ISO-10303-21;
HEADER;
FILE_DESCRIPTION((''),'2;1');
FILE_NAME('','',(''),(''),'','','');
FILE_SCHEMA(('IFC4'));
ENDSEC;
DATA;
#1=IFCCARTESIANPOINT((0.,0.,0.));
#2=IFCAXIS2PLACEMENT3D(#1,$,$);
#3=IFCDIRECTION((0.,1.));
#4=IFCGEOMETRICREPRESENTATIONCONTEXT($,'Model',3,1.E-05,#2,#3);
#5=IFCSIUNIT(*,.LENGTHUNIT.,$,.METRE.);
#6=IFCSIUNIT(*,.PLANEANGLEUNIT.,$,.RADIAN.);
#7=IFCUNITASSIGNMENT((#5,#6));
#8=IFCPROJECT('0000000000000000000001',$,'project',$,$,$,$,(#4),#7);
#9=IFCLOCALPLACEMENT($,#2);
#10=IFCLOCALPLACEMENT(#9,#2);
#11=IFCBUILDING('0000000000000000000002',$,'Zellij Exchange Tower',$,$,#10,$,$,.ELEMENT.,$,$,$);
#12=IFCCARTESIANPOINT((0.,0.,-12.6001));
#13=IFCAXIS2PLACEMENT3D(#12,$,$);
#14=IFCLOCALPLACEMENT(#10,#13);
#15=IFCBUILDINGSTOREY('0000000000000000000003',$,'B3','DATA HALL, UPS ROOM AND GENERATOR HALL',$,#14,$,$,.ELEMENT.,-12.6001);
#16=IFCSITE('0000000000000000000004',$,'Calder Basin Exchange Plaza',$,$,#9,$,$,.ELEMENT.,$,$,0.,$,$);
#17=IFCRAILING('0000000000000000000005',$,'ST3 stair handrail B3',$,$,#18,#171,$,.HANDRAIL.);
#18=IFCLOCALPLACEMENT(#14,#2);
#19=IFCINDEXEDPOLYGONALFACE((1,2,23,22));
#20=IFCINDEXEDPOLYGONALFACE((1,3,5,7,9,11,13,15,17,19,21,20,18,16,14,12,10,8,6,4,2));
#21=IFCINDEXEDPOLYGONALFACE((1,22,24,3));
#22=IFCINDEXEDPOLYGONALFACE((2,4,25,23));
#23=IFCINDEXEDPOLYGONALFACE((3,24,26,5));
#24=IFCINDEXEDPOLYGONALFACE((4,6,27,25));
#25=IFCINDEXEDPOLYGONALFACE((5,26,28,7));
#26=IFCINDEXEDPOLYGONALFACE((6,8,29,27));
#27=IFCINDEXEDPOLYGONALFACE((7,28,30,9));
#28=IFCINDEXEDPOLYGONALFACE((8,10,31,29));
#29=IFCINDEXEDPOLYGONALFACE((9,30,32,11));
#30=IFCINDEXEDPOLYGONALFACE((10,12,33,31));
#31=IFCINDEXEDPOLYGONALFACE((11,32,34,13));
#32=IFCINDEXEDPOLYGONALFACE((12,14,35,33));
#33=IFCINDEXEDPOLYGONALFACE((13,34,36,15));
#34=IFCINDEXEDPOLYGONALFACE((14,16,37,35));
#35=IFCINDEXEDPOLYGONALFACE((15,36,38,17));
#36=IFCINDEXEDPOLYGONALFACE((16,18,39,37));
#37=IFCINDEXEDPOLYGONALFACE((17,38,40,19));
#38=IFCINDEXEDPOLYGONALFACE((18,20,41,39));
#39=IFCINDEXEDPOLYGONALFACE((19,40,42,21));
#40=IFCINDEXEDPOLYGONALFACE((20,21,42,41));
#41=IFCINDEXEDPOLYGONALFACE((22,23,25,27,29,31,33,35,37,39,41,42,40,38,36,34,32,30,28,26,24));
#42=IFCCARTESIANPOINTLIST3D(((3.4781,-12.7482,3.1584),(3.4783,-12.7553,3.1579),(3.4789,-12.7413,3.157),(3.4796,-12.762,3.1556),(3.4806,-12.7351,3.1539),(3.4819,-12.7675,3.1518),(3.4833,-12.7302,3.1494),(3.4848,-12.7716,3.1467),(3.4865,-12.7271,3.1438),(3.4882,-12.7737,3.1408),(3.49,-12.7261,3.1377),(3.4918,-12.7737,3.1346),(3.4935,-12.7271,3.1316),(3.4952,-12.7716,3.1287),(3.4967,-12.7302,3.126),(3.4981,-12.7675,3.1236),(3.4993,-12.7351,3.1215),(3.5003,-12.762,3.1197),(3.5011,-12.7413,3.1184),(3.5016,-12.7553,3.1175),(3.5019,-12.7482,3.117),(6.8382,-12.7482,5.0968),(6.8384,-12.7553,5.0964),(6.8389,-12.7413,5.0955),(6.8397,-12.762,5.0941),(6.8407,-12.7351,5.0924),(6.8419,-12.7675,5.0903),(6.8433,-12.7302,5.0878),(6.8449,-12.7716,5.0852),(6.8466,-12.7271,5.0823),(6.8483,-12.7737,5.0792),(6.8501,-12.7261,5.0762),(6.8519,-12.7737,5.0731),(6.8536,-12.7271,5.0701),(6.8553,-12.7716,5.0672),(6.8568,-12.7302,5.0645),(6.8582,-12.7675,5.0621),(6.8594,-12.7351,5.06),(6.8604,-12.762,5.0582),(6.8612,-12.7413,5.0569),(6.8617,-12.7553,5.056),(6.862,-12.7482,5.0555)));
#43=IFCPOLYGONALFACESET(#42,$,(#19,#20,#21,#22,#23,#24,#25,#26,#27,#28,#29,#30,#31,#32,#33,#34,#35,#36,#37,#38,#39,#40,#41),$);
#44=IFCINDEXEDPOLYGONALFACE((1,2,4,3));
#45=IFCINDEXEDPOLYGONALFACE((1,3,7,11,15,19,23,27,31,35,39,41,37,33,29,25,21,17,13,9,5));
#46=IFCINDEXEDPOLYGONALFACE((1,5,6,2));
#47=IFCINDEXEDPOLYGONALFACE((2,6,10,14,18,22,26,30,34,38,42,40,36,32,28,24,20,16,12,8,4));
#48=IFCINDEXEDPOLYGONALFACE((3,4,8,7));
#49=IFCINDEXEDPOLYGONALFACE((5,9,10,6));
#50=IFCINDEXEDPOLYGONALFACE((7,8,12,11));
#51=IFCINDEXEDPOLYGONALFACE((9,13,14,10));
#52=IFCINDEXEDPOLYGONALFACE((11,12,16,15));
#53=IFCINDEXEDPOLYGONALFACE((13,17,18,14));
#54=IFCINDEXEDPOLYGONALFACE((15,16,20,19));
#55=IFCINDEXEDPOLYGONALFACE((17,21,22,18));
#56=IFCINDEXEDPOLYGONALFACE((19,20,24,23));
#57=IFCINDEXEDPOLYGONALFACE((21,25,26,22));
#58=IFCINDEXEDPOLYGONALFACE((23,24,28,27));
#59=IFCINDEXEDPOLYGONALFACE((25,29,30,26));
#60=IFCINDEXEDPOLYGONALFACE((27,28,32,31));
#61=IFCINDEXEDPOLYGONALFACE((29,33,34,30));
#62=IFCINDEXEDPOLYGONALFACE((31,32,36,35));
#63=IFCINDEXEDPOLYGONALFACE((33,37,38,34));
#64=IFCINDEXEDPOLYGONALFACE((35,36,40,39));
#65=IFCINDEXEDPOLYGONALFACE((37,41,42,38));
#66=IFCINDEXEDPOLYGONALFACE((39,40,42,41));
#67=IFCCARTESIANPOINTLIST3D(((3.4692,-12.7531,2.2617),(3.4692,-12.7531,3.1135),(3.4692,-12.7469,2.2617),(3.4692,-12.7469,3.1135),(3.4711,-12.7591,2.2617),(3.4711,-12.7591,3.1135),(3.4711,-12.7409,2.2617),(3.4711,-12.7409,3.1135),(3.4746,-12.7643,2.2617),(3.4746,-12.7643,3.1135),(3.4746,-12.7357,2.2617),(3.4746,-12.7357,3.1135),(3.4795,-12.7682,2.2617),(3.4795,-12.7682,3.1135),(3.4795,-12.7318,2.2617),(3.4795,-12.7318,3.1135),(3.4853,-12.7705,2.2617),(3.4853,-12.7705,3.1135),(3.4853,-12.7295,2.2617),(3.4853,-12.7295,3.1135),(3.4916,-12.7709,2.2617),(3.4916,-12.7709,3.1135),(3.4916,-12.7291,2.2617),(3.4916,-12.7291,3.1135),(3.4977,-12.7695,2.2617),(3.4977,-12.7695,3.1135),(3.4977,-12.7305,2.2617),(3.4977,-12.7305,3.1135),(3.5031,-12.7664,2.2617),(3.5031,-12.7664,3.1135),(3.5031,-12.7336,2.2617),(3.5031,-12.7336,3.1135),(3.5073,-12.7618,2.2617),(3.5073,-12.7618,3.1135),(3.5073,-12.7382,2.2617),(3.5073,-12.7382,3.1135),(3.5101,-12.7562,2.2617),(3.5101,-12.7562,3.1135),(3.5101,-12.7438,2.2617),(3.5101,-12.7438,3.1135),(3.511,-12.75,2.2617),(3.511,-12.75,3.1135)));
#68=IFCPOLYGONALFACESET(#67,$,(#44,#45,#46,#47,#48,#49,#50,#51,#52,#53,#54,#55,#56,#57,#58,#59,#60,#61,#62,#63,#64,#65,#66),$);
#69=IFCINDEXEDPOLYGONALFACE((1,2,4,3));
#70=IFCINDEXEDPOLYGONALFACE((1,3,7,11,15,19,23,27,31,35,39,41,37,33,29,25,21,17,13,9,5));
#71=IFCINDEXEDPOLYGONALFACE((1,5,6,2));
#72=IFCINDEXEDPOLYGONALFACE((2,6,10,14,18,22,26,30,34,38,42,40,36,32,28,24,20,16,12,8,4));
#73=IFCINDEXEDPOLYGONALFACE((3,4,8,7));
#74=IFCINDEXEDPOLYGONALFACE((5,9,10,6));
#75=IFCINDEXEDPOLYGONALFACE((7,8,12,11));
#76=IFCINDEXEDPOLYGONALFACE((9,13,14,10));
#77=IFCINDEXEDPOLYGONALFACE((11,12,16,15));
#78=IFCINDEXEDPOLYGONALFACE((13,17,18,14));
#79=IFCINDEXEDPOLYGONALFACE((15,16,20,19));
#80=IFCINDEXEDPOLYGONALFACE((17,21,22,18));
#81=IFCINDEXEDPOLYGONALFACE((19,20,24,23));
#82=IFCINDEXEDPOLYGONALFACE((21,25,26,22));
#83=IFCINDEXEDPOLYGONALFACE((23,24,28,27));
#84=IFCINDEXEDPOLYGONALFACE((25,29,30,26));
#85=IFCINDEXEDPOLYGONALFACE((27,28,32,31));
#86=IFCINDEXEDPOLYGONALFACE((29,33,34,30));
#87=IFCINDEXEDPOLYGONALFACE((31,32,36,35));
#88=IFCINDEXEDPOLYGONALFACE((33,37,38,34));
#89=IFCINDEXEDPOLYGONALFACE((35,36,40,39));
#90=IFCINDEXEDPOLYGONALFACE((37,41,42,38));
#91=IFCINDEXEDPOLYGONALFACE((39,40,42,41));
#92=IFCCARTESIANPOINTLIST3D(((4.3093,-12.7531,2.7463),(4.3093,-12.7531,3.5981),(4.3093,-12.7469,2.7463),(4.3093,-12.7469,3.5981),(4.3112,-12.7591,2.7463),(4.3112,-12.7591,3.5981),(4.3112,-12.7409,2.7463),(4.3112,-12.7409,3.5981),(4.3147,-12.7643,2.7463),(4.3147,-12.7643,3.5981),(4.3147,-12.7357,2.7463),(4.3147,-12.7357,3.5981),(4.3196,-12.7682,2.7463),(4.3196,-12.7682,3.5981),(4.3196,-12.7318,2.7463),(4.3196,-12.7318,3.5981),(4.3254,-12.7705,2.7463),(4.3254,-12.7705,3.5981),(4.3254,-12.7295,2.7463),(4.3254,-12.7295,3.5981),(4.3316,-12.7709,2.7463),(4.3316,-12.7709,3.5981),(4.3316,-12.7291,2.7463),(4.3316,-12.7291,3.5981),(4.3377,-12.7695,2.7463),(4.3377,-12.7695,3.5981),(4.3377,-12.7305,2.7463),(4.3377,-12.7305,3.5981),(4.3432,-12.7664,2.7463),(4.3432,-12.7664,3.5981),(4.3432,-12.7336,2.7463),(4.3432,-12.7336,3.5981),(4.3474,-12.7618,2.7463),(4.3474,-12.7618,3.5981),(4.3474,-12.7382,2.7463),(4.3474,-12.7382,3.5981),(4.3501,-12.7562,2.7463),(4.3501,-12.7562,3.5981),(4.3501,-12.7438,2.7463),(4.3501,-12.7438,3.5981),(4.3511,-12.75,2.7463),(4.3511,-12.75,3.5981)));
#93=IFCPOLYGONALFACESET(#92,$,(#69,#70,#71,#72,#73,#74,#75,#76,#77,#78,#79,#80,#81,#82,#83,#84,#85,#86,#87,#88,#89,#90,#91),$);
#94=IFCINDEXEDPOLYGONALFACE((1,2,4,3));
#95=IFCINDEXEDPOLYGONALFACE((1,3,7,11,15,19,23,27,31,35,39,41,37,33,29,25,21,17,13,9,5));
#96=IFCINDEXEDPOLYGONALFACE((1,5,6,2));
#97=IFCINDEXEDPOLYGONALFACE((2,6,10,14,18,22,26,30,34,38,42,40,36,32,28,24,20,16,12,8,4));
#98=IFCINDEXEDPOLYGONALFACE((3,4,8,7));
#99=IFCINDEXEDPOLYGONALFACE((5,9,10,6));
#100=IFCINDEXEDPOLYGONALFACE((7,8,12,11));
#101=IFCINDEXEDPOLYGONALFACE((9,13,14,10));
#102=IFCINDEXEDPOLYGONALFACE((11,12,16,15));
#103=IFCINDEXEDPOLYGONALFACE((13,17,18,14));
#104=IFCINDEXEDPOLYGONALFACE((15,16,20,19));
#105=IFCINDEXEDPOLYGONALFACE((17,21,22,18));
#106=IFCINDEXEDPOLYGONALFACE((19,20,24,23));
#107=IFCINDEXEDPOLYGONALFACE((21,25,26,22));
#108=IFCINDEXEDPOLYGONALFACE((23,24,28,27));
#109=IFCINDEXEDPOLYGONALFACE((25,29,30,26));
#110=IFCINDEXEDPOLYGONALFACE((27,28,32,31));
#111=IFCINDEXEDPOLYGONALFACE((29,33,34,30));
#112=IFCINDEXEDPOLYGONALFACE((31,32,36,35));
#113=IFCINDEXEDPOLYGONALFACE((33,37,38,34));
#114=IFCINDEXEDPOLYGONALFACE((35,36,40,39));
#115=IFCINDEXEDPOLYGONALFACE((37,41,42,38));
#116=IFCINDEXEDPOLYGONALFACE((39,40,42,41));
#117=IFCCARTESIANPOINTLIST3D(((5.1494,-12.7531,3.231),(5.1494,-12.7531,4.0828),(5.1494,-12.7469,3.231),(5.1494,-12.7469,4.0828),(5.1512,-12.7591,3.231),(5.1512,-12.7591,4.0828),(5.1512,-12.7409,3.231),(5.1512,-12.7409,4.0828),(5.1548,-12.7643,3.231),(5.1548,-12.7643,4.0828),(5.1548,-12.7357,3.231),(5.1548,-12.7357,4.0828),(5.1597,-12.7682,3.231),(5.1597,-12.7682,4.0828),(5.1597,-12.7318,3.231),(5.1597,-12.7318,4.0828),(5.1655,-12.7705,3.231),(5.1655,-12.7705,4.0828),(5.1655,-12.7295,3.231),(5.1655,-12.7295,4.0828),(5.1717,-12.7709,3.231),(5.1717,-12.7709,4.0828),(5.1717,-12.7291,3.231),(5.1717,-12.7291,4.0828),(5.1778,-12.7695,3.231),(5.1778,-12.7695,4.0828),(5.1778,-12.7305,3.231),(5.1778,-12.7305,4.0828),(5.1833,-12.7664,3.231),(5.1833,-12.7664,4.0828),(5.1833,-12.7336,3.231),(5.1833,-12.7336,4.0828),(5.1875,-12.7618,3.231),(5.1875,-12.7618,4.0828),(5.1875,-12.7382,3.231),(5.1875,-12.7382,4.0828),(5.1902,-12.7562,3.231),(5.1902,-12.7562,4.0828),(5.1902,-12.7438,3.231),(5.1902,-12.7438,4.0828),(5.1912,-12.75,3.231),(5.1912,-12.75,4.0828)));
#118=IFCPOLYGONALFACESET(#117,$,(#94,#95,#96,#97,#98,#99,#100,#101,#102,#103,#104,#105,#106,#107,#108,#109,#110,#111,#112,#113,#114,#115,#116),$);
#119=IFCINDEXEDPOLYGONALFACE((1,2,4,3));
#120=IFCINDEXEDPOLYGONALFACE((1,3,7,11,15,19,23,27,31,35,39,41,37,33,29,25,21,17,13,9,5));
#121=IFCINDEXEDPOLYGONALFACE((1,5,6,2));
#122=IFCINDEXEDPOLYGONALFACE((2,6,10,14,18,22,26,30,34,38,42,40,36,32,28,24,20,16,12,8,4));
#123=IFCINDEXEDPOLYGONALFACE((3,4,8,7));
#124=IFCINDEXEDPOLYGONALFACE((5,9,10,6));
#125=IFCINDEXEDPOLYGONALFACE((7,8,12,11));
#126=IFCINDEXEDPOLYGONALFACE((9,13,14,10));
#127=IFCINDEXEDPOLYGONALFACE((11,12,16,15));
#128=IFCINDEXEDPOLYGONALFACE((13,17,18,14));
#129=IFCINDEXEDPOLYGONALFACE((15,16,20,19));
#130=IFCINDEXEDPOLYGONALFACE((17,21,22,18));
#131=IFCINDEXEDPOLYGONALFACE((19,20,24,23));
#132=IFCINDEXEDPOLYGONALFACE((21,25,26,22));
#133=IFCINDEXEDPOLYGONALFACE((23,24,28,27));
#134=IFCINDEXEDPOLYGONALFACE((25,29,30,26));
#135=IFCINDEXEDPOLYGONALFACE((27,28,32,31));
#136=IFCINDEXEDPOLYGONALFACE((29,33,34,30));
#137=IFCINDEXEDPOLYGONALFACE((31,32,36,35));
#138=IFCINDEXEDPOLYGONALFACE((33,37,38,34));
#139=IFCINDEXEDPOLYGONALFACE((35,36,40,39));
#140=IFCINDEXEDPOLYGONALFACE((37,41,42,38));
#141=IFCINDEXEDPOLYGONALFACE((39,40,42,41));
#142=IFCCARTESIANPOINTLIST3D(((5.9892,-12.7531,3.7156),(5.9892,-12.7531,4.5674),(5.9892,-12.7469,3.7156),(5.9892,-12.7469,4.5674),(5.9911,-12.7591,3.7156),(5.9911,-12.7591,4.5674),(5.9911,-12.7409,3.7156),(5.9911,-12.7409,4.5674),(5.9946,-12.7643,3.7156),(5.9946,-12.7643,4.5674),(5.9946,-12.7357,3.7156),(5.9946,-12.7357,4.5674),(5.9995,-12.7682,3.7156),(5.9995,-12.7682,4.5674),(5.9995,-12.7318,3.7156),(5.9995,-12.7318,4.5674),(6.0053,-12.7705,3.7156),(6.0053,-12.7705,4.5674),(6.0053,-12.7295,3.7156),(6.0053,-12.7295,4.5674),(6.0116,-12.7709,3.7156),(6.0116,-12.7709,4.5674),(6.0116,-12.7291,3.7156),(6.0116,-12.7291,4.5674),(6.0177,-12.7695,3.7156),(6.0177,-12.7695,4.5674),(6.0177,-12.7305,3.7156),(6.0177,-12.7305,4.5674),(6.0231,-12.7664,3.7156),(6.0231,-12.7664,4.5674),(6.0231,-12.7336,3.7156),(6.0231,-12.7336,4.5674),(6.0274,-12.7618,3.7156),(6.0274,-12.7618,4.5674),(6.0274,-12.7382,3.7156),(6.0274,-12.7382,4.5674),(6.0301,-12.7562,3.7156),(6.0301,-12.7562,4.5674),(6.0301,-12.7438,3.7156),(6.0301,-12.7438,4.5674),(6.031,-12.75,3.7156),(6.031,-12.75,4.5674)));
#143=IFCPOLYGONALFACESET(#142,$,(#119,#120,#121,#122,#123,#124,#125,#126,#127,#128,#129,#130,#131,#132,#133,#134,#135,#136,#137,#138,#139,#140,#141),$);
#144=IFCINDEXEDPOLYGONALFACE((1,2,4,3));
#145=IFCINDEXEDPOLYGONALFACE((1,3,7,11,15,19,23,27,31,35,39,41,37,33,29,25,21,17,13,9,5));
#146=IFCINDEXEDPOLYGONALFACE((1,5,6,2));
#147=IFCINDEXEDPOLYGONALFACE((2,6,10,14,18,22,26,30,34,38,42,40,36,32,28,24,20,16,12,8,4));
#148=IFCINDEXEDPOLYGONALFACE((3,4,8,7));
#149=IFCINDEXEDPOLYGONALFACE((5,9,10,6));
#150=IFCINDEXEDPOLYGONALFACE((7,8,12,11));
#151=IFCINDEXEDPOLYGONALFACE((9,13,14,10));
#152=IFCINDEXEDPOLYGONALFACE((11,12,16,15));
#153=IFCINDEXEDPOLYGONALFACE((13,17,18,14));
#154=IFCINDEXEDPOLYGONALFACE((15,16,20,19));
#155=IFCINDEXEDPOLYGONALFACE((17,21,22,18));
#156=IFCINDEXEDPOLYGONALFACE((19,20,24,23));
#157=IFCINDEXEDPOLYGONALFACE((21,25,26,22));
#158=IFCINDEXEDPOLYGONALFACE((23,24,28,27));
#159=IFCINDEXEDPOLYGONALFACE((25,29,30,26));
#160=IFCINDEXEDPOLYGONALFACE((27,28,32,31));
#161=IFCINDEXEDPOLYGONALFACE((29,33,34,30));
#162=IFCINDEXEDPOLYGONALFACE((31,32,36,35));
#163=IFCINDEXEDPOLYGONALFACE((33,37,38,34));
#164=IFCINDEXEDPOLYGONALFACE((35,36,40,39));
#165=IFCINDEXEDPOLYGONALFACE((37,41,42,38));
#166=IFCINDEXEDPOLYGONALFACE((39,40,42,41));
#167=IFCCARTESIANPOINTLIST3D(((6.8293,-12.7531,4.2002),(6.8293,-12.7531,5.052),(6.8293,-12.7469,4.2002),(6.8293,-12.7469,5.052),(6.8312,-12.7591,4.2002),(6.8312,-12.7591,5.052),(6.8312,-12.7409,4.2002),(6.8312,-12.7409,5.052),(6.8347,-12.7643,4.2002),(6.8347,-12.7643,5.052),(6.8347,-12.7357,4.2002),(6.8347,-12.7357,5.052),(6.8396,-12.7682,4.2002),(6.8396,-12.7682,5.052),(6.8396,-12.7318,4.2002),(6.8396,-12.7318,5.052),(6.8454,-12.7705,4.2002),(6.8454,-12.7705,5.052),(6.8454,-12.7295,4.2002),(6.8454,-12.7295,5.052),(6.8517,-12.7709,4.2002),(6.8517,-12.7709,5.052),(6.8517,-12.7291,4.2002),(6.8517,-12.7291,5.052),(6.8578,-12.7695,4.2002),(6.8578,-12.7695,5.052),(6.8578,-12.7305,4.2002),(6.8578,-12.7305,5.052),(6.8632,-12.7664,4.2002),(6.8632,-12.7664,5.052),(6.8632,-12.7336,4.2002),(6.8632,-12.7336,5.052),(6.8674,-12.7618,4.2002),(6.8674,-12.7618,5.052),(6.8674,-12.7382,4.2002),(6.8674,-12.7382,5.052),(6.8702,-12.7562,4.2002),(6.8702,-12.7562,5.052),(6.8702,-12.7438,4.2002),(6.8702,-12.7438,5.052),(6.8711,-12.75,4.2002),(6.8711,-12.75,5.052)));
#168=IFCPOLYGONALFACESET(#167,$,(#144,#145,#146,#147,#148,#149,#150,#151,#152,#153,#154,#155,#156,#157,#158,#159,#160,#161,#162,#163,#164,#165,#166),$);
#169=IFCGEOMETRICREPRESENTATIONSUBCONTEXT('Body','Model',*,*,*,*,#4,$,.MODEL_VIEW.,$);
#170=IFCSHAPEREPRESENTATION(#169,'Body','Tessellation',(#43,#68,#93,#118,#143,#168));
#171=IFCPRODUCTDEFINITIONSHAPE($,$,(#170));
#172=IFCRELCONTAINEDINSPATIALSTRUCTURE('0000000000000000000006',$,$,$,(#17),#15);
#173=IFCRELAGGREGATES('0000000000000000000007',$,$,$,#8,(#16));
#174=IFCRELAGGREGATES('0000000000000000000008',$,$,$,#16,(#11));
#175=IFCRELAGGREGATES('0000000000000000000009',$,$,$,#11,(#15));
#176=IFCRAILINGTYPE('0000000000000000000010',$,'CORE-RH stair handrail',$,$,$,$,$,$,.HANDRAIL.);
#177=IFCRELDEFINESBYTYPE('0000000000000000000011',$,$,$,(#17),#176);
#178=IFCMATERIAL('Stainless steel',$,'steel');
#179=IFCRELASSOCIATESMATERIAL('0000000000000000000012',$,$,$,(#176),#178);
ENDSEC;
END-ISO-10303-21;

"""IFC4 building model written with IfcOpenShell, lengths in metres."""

from ifc_helpers import new_model, si_unit, direction, frame, origin, origin_2d, place, context, subcontext, project, spatial, circle, extrude, material, type_object, element, save


model = new_model("IFC4")

# Units and contexts
model_context = context("Model", 3, precision=1e-05, world=origin(), true_north=direction((0.0, 1.0)))
body_context = subcontext(model_context, "Body", "Model", "MODEL_VIEW")
ifc_project = project(units=[si_unit("LENGTHUNIT", "METRE"), si_unit("PLANEANGLEUNIT", "RADIAN")], contexts=[model_context])

# Site, building, storey
site_placement = place(None, origin())
site = spatial("IfcSite", under=ifc_project, at=site_placement, Name="Calder Basin Exchange Plaza", CompositionType="ELEMENT", RefElevation=0.0)
building_placement = place(site_placement, origin())
building = spatial("IfcBuilding", under=site, at=building_placement, Name="Zellij Exchange Tower", CompositionType="ELEMENT")
storey_placement = place(building_placement, frame((0.0, 0.0, -12.6001)))
storey = spatial("IfcBuildingStorey", under=building, at=storey_placement, Name="B3", Description="DATA HALL, UPS ROOM AND GENERATOR HALL", CompositionType="ELEMENT", Elevation=-12.6001)

# Railing
ifc_material_1 = material(Name="Stainless steel", Category="steel")
railing_type = type_object("IfcRailingType", Name="CORE-RH stair handrail", PredefinedType="HANDRAIL", material=ifc_material_1)
railing_placement = place(storey_placement, frame((3.49, -12.75, 2.2617)))
element("IfcRailing", 1, at=railing_placement, inside=storey, type_object=railing_type, Name="ST3 stair handrail B3", PredefinedType="HANDRAIL", context=body_context, shape_type="SweptSolid", body=[
    extrude(circle(Radius=0.0239, at=origin_2d()), frame((0.0, 0.0, 0.876), z_axis=(0.866191, 0.0, 0.499713), x_axis=(0.0, 1.0, 0.0)), (0.0, 0.0, 1.0), 3.8792),
    extrude(circle(Radius=0.021, at=origin_2d()), origin(), (0.0, 0.0, 1.0), 0.8518),
    extrude(circle(Radius=0.021, at=origin_2d()), frame((0.8401, 0.0, 0.4846)), (0.0, 0.0, 1.0), 0.8518),
    extrude(circle(Radius=0.021, at=origin_2d()), frame((1.6802, 0.0, 0.9692)), (0.0, 0.0, 1.0), 0.8518),
    extrude(circle(Radius=0.021, at=origin_2d()), frame((2.52, 0.0, 1.4539)), (0.0, 0.0, 1.0), 0.8518),
    extrude(circle(Radius=0.021, at=origin_2d()), frame((3.3601, 0.0, 1.9385)), (0.0, 0.0, 1.0), 0.8518),
])

save(model, "model.ifc")
